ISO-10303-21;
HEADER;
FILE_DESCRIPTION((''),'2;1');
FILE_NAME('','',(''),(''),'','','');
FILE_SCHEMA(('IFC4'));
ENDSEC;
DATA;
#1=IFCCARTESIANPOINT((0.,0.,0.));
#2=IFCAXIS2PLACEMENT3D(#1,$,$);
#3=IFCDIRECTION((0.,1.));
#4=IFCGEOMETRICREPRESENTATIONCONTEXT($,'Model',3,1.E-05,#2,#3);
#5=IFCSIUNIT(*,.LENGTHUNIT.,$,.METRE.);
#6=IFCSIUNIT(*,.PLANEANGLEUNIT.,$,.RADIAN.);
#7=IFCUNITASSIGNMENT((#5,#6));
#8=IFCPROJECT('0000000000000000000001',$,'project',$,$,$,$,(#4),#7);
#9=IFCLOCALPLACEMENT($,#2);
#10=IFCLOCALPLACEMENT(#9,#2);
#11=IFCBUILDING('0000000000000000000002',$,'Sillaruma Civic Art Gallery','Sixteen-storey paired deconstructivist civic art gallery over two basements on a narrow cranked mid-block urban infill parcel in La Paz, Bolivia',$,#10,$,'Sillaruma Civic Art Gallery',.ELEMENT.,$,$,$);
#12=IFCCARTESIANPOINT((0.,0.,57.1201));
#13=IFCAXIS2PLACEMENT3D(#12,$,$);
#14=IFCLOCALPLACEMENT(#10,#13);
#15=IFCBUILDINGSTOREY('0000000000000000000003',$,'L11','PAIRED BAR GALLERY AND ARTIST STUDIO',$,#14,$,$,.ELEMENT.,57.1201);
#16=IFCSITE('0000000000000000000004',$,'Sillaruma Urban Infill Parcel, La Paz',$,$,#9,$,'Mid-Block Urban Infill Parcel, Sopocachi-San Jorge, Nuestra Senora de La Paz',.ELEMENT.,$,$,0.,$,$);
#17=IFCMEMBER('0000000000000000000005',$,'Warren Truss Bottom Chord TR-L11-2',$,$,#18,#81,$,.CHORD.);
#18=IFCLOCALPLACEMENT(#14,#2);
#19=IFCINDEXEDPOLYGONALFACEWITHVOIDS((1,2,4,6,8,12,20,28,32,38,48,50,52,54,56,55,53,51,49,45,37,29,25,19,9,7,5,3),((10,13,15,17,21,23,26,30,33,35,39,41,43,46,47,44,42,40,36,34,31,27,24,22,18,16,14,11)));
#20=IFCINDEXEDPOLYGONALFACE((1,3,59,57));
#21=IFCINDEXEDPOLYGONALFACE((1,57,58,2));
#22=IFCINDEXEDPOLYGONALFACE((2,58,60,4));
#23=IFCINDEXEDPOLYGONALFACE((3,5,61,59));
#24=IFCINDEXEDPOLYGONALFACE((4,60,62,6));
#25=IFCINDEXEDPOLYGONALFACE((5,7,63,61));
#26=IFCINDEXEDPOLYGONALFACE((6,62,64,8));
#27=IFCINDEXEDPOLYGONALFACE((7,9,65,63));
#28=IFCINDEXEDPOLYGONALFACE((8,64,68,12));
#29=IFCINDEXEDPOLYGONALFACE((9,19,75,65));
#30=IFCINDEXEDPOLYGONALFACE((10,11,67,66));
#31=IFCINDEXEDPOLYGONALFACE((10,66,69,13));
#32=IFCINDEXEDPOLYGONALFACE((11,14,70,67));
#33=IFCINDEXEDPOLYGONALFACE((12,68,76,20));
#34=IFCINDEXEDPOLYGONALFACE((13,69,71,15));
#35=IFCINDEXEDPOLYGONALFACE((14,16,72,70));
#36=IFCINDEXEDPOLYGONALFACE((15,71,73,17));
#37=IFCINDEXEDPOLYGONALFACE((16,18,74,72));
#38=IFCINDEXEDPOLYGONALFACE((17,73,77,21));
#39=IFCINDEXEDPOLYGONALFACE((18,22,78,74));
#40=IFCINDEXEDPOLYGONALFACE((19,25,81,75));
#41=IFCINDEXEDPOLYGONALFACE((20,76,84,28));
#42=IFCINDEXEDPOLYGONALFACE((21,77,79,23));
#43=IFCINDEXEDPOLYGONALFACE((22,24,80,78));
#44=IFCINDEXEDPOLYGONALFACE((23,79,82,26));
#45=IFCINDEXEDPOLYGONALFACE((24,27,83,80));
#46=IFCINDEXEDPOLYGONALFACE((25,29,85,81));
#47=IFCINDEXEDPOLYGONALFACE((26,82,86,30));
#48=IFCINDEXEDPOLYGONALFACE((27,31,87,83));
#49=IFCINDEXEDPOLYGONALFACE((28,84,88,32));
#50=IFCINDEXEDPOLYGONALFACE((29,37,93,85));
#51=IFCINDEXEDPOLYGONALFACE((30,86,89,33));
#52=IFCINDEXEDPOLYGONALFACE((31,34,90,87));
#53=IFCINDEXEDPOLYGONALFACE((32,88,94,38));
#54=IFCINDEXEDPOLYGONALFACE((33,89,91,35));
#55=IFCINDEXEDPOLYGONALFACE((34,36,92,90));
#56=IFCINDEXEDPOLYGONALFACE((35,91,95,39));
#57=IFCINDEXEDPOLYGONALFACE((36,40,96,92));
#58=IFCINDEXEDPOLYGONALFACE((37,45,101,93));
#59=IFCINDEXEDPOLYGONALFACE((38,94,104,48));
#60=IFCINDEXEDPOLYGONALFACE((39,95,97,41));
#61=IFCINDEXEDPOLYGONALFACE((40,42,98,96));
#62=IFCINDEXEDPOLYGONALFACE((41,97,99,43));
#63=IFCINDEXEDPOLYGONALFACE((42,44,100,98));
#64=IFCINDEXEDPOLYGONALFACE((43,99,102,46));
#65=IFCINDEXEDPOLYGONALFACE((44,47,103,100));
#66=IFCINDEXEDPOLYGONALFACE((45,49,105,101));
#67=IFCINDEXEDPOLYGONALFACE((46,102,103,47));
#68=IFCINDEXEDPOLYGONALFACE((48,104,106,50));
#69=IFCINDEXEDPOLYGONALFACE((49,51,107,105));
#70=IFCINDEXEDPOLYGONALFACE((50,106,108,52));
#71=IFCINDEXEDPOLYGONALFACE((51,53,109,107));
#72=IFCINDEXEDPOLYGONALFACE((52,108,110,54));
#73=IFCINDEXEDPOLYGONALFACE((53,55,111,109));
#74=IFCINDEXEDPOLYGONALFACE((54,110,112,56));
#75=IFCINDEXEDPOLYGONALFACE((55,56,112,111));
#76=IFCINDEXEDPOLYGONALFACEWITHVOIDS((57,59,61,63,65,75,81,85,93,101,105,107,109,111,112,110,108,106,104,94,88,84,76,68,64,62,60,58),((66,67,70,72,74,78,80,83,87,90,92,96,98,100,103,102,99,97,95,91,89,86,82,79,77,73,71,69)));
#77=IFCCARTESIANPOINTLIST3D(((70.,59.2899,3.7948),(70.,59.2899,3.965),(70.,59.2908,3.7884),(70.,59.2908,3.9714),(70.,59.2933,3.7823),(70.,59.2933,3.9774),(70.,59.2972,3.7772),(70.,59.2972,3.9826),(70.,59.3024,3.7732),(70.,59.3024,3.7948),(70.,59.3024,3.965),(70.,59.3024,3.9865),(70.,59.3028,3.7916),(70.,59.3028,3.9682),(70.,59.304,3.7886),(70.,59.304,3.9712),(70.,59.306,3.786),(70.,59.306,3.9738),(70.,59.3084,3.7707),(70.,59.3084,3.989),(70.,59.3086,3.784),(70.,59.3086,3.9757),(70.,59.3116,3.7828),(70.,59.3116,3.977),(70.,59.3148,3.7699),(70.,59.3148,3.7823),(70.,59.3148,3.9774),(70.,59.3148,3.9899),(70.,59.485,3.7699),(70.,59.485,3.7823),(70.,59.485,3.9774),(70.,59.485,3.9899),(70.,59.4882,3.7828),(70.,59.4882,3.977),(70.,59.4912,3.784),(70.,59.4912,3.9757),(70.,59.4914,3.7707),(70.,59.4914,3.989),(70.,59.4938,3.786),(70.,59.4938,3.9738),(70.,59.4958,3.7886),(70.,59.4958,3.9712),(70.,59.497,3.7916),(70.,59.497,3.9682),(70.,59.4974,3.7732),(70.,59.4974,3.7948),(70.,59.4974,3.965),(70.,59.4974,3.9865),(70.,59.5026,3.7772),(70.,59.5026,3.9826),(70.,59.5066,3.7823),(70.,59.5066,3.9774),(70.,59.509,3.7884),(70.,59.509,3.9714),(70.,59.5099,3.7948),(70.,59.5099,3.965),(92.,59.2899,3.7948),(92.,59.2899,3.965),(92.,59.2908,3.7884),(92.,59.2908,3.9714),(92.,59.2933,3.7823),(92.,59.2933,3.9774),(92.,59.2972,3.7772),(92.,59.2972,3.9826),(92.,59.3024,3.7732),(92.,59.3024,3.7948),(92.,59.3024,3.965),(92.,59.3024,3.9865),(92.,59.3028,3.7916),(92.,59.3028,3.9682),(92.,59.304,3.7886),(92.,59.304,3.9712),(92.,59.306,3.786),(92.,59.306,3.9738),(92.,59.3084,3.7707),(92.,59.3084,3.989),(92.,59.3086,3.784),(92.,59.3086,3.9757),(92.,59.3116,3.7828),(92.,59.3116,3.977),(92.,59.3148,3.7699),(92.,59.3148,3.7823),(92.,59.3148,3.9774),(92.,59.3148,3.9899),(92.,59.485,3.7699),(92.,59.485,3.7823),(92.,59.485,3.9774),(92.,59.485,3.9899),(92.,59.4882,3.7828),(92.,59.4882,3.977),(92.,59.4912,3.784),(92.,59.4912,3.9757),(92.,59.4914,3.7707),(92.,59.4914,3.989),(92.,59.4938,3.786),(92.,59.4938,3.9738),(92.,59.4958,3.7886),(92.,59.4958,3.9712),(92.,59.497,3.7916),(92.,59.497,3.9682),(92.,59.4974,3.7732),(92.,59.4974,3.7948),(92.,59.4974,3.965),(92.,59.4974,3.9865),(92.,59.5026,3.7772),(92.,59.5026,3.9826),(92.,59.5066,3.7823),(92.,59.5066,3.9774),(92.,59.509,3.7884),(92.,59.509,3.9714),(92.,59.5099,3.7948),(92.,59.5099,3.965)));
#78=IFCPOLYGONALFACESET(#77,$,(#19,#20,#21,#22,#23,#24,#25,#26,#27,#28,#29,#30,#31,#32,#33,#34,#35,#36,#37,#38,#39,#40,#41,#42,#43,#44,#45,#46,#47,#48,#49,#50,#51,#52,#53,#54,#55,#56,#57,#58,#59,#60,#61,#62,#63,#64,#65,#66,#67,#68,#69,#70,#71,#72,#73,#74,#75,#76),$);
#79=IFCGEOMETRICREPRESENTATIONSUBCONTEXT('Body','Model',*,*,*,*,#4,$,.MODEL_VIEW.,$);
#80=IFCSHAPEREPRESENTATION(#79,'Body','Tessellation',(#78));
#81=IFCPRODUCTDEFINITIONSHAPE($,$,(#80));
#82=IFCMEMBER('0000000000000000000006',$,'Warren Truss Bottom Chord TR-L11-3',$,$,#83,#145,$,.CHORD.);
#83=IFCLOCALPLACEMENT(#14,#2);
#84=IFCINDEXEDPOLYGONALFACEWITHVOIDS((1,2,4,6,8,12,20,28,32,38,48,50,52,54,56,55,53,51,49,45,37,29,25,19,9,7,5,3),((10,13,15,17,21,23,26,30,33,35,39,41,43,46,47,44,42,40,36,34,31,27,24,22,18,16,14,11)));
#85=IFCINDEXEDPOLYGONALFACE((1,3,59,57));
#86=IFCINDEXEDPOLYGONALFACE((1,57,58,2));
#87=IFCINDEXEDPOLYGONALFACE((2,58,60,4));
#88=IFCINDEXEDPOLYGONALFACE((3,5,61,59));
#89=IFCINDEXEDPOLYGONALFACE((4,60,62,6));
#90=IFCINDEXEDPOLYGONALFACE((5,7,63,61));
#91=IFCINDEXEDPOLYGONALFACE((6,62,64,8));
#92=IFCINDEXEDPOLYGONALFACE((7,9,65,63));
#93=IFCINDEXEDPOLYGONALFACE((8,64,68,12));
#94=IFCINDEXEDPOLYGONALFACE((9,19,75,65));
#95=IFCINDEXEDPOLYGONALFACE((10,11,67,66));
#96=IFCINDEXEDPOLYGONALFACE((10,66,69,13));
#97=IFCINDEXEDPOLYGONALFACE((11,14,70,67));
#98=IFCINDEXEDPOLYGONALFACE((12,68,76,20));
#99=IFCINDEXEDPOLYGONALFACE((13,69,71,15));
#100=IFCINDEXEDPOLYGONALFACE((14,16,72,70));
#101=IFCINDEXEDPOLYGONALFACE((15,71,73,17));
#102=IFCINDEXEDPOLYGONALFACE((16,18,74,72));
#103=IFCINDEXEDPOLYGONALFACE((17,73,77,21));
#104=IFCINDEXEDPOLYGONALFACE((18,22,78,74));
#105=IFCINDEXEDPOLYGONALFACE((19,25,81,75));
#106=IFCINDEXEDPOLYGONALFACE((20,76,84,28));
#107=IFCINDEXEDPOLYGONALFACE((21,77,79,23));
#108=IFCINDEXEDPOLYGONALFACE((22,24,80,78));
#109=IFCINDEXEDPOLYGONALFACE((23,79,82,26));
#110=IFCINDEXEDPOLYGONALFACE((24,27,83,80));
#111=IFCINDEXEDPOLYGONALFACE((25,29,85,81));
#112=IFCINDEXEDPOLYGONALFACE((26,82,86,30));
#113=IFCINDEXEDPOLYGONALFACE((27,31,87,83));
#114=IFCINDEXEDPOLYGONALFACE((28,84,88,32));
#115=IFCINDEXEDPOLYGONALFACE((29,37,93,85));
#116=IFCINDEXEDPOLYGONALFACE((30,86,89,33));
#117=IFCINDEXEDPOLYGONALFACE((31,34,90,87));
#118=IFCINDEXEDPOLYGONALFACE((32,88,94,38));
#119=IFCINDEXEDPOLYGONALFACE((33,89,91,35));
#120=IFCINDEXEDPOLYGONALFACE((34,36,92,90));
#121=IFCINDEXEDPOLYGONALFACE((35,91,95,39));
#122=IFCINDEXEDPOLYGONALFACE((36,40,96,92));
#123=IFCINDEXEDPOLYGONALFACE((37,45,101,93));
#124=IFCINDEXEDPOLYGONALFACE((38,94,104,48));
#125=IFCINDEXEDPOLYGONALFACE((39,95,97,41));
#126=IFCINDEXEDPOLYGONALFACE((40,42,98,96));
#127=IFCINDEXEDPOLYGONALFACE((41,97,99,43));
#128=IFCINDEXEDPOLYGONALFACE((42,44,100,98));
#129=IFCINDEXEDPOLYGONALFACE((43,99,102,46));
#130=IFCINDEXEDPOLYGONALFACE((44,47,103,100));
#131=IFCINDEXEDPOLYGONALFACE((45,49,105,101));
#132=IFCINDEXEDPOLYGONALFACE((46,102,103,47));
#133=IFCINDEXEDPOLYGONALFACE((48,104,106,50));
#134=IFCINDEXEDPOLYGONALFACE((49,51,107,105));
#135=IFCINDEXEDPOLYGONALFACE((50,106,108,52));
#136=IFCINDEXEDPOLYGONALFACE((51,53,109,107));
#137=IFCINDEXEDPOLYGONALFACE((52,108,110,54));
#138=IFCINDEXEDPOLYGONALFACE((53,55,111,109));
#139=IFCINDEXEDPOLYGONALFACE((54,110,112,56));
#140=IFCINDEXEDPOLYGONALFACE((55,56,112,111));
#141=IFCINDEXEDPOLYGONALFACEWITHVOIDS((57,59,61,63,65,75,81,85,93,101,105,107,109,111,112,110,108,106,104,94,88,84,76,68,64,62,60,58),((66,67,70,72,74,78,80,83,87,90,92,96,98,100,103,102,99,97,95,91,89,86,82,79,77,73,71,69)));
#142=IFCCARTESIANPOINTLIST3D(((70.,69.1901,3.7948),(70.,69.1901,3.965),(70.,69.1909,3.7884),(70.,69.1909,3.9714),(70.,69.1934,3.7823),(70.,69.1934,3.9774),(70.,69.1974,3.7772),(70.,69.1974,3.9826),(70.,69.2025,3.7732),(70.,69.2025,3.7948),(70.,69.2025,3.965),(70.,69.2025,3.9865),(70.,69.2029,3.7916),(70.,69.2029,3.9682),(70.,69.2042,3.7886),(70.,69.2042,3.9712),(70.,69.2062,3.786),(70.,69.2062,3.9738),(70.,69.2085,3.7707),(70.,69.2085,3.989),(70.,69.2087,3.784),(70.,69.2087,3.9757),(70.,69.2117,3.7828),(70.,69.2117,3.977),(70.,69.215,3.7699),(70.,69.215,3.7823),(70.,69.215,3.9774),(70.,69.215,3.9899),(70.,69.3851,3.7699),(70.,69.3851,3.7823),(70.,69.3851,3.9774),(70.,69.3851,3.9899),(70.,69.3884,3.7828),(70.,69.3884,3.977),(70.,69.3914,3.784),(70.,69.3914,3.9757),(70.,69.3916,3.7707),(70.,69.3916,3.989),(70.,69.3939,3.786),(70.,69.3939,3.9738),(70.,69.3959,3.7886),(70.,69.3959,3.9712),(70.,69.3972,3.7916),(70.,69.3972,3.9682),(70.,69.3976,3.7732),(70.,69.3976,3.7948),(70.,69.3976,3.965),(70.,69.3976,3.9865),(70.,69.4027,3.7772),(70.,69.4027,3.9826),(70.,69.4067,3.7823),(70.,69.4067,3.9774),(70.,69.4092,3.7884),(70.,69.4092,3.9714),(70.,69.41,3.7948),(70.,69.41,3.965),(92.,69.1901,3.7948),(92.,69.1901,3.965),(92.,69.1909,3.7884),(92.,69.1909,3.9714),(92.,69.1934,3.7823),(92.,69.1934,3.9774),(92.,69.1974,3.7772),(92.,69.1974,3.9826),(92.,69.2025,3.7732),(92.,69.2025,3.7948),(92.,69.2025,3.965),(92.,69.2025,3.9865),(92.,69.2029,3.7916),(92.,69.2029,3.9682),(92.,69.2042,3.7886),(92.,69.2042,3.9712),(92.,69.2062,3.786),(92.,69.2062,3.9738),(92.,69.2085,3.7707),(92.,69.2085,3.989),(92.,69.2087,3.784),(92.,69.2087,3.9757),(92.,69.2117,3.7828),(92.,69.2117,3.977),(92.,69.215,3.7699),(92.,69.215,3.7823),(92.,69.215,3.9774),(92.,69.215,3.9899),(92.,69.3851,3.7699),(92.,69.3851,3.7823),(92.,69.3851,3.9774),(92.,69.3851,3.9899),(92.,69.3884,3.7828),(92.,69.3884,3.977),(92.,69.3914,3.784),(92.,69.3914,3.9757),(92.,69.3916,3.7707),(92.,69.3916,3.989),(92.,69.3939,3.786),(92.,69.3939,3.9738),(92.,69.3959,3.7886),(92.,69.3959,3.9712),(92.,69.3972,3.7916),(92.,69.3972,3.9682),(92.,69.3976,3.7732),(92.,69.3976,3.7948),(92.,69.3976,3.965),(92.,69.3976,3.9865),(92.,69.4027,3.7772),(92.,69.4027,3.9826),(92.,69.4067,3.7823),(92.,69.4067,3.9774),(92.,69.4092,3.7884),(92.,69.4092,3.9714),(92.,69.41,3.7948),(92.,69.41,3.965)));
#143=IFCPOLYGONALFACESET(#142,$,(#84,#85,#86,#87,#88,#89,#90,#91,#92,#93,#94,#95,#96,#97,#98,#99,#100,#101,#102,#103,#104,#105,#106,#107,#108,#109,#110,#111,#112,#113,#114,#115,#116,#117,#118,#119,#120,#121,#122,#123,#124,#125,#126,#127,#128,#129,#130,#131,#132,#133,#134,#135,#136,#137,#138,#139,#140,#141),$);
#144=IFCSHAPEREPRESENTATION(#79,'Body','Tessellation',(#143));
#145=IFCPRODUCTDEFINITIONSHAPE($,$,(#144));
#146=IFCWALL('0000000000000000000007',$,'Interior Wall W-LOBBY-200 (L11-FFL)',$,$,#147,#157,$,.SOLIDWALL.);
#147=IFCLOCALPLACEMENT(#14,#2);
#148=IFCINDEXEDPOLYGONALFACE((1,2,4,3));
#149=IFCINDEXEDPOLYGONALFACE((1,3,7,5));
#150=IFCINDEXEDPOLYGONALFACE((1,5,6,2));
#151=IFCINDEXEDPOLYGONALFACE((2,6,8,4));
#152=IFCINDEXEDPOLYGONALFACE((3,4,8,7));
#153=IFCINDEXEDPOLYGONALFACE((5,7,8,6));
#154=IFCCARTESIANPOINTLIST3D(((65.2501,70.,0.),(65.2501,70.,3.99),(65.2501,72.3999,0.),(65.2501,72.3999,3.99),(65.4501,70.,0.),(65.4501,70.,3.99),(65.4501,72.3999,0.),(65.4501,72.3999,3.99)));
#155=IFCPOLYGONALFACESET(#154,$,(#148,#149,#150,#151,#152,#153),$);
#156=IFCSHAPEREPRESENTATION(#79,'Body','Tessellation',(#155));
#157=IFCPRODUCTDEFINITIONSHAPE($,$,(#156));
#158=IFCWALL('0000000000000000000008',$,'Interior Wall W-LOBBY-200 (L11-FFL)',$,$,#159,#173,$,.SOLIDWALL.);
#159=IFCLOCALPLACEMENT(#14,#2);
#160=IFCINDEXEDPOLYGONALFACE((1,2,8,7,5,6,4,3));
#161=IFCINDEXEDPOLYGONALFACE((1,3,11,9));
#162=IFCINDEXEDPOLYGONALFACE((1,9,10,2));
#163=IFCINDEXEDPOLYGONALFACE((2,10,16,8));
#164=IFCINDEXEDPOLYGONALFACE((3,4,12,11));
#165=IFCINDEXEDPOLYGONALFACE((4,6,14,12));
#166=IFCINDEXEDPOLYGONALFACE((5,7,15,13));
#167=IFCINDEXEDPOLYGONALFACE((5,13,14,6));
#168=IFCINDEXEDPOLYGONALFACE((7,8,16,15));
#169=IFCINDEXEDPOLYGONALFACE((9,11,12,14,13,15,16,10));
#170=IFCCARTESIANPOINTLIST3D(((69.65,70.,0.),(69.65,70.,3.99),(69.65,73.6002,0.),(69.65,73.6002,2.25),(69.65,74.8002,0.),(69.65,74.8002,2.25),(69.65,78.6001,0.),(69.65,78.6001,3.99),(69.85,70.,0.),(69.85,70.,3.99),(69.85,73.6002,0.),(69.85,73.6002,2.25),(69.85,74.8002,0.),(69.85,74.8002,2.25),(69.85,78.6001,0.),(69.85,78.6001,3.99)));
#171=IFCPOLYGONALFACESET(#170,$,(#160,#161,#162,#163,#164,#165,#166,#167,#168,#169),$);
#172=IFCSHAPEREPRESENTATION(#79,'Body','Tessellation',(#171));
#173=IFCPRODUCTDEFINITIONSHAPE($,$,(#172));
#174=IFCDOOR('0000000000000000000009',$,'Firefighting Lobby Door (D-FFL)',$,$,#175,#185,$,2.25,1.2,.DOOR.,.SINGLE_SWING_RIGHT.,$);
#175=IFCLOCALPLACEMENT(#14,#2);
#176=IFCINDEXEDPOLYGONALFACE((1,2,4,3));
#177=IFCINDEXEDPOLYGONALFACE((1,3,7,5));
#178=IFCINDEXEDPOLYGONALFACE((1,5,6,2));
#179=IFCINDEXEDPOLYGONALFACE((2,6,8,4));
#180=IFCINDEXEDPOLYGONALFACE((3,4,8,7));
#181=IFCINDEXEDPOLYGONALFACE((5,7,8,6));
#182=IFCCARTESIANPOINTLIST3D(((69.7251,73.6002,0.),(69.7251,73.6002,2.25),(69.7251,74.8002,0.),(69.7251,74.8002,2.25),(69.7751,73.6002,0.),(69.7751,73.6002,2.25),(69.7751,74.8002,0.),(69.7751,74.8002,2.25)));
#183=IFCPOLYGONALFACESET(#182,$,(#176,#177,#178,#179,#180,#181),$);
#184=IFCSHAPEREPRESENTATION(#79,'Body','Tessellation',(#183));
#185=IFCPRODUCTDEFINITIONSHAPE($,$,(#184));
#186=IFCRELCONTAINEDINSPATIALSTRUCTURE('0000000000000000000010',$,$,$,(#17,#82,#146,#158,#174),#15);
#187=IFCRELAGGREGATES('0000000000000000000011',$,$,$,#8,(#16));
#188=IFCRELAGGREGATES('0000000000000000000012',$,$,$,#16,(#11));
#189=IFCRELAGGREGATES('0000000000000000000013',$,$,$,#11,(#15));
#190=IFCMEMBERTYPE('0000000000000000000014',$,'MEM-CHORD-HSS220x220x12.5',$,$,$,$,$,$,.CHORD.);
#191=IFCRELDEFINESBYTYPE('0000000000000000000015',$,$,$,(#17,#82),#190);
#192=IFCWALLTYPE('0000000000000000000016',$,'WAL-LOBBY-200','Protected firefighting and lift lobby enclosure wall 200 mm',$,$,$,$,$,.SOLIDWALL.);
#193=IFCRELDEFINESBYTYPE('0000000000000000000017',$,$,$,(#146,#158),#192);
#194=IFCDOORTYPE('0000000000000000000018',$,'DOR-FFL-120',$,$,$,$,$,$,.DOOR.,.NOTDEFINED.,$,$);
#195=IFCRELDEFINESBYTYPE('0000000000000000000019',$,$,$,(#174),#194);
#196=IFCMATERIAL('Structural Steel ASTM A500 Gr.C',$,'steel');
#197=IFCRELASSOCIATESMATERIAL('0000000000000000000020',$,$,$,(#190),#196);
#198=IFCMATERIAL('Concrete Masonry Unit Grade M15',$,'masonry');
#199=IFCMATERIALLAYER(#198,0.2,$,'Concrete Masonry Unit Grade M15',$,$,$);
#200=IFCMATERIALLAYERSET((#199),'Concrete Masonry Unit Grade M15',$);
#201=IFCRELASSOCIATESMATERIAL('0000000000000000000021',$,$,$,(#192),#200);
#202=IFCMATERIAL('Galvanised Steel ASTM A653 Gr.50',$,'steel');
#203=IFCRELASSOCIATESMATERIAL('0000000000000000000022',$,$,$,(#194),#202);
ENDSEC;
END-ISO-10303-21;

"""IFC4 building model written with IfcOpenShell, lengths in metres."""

from ifc_helpers import new_model, si_unit, direction, frame, frame_2d, origin, origin_2d, place, context, subcontext, project, spatial, rectangle, hollow_rectangle, extrude, material, layer, layer_set, material_profile, profile_set, type_object, element, fill, save


model = new_model("IFC4")

# Units and contexts
model_context = context("Model", 3, precision=1e-05, world=origin(), true_north=direction((0.0, 1.0)))
body_context = subcontext(model_context, "Body", "Model", "MODEL_VIEW")
ifc_project = project(units=[si_unit("LENGTHUNIT", "METRE"), si_unit("PLANEANGLEUNIT", "RADIAN")], contexts=[model_context])

# Site, building, storey
site_placement = place(None, origin())
site = spatial("IfcSite", under=ifc_project, at=site_placement, Name="Sillaruma Urban Infill Parcel, La Paz", LongName="Mid-Block Urban Infill Parcel, Sopocachi-San Jorge, Nuestra Senora de La Paz", CompositionType="ELEMENT", RefElevation=0.0)
building_placement = place(site_placement, origin())
building = spatial("IfcBuilding", under=site, at=building_placement, Name="Sillaruma Civic Art Gallery", Description="Sixteen-storey paired deconstructivist civic art gallery over two basements on a narrow cranked mid-block urban infill parcel in La Paz, Bolivia", LongName="Sillaruma Civic Art Gallery", CompositionType="ELEMENT")
storey_placement = place(building_placement, frame((0.0, 0.0, 57.1201)))
storey = spatial("IfcBuildingStorey", under=building, at=storey_placement, Name="L11", Description="PAIRED BAR GALLERY AND ARTIST STUDIO", CompositionType="ELEMENT", Elevation=57.1201)

# Members
ifc_material_1 = material(Name="Structural Steel ASTM A500 Gr.C", Category="steel")
ifc_material_profile_1 = material_profile(ifc_material_1, hollow_rectangle(XDim=0.22, YDim=0.22, WallThickness=0.0125, InnerFilletRadius=0.0125, OuterFilletRadius=0.0249, at=origin_2d()), Name="HSS220x220x12.5")
ifc_profile_set_1 = profile_set([ifc_material_profile_1], Name="Structural Steel ASTM A500 Gr.C")
member_type_1 = type_object("IfcMemberType", Name="MEM-CHORD-HSS220x220x12.5", PredefinedType="CHORD", material=ifc_profile_set_1)
for number, where, z_axis, x_axis, name in (
    (1, (70.0, 59.3999, 3.8799), (1.0, 0.0, 0.0), (0.0, 1.0, 0.0), "Warren Truss Bottom Chord TR-L11-2"),
    (2, (70.0, 69.3, 3.8799), (1.0, 0.0, 0.0), (0.0, 1.0, 0.0), "Warren Truss Bottom Chord TR-L11-3"),
):
    element("IfcMember", number, at=place(storey_placement, frame(where, z_axis=z_axis, x_axis=x_axis)), inside=storey, type_object=member_type_1, Name=name, PredefinedType="CHORD", context=body_context, shape_type="SweptSolid", body=[
        extrude(hollow_rectangle(XDim=0.22, YDim=0.22, WallThickness=0.0125, InnerFilletRadius=0.0125, OuterFilletRadius=0.0249, at=origin_2d()), origin(), (0.0, 0.0, 1.0), 22.0),
    ])

# Wall
ifc_material_2 = material(Name="Concrete Masonry Unit Grade M15", Category="masonry")
ifc_layer_1 = layer(ifc_material_2, 0.2, Name="Concrete Masonry Unit Grade M15")
ifc_layer_set_1 = layer_set([ifc_layer_1], Name="Concrete Masonry Unit Grade M15")
wall_type_1 = type_object("IfcWallType", Name="WAL-LOBBY-200", Description="Protected firefighting and lift lobby enclosure wall 200 mm", PredefinedType="SOLIDWALL", material=ifc_layer_set_1)
wall_1_placement = place(storey_placement, frame((65.3501, 70.0, 0.0), z_axis=(0.0, 0.0, 1.0), x_axis=(0.0, 1.0, 0.0)))
element("IfcWall", 3, at=wall_1_placement, inside=storey, type_object=wall_type_1, Name="Interior Wall W-LOBBY-200 (L11-FFL)", PredefinedType="SOLIDWALL", context=body_context, shape_type="SweptSolid", body=[
    extrude(rectangle(XDim=2.3999, YDim=0.2, at=frame_2d((1.2, 0.0))), origin(), (0.0, 0.0, 1.0), 3.99),
])

# Wall, opening, door
wall_2_placement = place(storey_placement, frame((69.75, 70.0, 0.0), z_axis=(0.0, 0.0, 1.0), x_axis=(0.0, 1.0, 0.0)))
wall_2 = element("IfcWall", 4, at=wall_2_placement, inside=storey, type_object=wall_type_1, Name="Interior Wall W-LOBBY-200 (L11-FFL)", PredefinedType="SOLIDWALL", context=body_context, shape_type="SweptSolid", body=[
    extrude(rectangle(XDim=8.6001, YDim=0.2, at=frame_2d((4.3, 0.0))), origin(), (0.0, 0.0, 1.0), 3.99),
])
opening_1_placement = place(wall_2_placement, frame((3.6001, 0.0, 0.0)))
opening_1 = element("IfcOpeningElement", 5, at=opening_1_placement, cuts=wall_2, PredefinedType="OPENING", context=body_context, shape_type="SweptSolid", body=[
    extrude(rectangle(XDim=1.2, YDim=2.25, at=frame_2d((0.6001, 1.125))), frame((0.0, 0.1099, 0.0), z_axis=(0.0, -1.0, 0.0), x_axis=(1.0, 0.0, 0.0)), (0.0, 0.0, 1.0), 0.22),
])
ifc_material_3 = material(Name="Galvanised Steel ASTM A653 Gr.50", Category="steel")
door_type_1 = type_object("IfcDoorType", Name="DOR-FFL-120", OperationType="NOTDEFINED", PredefinedType="DOOR", material=ifc_material_3)
door_1_placement = place(opening_1_placement, origin())
door_1 = element("IfcDoor", 6, at=door_1_placement, inside=storey, type_object=door_type_1, Name="Firefighting Lobby Door (D-FFL)", OperationType="SINGLE_SWING_RIGHT", OverallHeight=2.25, OverallWidth=1.2, PredefinedType="DOOR", context=body_context, shape_type="SweptSolid", body=[
    extrude(rectangle(XDim=1.2, YDim=2.25, at=frame_2d((0.6001, 1.125))), frame((0.0, 0.0249, 0.0), z_axis=(0.0, -1.0, 0.0), x_axis=(1.0, 0.0, 0.0)), (0.0, 0.0, 1.0), 0.05),
])
fill(opening_1, door_1)

save(model, "model.ifc")
